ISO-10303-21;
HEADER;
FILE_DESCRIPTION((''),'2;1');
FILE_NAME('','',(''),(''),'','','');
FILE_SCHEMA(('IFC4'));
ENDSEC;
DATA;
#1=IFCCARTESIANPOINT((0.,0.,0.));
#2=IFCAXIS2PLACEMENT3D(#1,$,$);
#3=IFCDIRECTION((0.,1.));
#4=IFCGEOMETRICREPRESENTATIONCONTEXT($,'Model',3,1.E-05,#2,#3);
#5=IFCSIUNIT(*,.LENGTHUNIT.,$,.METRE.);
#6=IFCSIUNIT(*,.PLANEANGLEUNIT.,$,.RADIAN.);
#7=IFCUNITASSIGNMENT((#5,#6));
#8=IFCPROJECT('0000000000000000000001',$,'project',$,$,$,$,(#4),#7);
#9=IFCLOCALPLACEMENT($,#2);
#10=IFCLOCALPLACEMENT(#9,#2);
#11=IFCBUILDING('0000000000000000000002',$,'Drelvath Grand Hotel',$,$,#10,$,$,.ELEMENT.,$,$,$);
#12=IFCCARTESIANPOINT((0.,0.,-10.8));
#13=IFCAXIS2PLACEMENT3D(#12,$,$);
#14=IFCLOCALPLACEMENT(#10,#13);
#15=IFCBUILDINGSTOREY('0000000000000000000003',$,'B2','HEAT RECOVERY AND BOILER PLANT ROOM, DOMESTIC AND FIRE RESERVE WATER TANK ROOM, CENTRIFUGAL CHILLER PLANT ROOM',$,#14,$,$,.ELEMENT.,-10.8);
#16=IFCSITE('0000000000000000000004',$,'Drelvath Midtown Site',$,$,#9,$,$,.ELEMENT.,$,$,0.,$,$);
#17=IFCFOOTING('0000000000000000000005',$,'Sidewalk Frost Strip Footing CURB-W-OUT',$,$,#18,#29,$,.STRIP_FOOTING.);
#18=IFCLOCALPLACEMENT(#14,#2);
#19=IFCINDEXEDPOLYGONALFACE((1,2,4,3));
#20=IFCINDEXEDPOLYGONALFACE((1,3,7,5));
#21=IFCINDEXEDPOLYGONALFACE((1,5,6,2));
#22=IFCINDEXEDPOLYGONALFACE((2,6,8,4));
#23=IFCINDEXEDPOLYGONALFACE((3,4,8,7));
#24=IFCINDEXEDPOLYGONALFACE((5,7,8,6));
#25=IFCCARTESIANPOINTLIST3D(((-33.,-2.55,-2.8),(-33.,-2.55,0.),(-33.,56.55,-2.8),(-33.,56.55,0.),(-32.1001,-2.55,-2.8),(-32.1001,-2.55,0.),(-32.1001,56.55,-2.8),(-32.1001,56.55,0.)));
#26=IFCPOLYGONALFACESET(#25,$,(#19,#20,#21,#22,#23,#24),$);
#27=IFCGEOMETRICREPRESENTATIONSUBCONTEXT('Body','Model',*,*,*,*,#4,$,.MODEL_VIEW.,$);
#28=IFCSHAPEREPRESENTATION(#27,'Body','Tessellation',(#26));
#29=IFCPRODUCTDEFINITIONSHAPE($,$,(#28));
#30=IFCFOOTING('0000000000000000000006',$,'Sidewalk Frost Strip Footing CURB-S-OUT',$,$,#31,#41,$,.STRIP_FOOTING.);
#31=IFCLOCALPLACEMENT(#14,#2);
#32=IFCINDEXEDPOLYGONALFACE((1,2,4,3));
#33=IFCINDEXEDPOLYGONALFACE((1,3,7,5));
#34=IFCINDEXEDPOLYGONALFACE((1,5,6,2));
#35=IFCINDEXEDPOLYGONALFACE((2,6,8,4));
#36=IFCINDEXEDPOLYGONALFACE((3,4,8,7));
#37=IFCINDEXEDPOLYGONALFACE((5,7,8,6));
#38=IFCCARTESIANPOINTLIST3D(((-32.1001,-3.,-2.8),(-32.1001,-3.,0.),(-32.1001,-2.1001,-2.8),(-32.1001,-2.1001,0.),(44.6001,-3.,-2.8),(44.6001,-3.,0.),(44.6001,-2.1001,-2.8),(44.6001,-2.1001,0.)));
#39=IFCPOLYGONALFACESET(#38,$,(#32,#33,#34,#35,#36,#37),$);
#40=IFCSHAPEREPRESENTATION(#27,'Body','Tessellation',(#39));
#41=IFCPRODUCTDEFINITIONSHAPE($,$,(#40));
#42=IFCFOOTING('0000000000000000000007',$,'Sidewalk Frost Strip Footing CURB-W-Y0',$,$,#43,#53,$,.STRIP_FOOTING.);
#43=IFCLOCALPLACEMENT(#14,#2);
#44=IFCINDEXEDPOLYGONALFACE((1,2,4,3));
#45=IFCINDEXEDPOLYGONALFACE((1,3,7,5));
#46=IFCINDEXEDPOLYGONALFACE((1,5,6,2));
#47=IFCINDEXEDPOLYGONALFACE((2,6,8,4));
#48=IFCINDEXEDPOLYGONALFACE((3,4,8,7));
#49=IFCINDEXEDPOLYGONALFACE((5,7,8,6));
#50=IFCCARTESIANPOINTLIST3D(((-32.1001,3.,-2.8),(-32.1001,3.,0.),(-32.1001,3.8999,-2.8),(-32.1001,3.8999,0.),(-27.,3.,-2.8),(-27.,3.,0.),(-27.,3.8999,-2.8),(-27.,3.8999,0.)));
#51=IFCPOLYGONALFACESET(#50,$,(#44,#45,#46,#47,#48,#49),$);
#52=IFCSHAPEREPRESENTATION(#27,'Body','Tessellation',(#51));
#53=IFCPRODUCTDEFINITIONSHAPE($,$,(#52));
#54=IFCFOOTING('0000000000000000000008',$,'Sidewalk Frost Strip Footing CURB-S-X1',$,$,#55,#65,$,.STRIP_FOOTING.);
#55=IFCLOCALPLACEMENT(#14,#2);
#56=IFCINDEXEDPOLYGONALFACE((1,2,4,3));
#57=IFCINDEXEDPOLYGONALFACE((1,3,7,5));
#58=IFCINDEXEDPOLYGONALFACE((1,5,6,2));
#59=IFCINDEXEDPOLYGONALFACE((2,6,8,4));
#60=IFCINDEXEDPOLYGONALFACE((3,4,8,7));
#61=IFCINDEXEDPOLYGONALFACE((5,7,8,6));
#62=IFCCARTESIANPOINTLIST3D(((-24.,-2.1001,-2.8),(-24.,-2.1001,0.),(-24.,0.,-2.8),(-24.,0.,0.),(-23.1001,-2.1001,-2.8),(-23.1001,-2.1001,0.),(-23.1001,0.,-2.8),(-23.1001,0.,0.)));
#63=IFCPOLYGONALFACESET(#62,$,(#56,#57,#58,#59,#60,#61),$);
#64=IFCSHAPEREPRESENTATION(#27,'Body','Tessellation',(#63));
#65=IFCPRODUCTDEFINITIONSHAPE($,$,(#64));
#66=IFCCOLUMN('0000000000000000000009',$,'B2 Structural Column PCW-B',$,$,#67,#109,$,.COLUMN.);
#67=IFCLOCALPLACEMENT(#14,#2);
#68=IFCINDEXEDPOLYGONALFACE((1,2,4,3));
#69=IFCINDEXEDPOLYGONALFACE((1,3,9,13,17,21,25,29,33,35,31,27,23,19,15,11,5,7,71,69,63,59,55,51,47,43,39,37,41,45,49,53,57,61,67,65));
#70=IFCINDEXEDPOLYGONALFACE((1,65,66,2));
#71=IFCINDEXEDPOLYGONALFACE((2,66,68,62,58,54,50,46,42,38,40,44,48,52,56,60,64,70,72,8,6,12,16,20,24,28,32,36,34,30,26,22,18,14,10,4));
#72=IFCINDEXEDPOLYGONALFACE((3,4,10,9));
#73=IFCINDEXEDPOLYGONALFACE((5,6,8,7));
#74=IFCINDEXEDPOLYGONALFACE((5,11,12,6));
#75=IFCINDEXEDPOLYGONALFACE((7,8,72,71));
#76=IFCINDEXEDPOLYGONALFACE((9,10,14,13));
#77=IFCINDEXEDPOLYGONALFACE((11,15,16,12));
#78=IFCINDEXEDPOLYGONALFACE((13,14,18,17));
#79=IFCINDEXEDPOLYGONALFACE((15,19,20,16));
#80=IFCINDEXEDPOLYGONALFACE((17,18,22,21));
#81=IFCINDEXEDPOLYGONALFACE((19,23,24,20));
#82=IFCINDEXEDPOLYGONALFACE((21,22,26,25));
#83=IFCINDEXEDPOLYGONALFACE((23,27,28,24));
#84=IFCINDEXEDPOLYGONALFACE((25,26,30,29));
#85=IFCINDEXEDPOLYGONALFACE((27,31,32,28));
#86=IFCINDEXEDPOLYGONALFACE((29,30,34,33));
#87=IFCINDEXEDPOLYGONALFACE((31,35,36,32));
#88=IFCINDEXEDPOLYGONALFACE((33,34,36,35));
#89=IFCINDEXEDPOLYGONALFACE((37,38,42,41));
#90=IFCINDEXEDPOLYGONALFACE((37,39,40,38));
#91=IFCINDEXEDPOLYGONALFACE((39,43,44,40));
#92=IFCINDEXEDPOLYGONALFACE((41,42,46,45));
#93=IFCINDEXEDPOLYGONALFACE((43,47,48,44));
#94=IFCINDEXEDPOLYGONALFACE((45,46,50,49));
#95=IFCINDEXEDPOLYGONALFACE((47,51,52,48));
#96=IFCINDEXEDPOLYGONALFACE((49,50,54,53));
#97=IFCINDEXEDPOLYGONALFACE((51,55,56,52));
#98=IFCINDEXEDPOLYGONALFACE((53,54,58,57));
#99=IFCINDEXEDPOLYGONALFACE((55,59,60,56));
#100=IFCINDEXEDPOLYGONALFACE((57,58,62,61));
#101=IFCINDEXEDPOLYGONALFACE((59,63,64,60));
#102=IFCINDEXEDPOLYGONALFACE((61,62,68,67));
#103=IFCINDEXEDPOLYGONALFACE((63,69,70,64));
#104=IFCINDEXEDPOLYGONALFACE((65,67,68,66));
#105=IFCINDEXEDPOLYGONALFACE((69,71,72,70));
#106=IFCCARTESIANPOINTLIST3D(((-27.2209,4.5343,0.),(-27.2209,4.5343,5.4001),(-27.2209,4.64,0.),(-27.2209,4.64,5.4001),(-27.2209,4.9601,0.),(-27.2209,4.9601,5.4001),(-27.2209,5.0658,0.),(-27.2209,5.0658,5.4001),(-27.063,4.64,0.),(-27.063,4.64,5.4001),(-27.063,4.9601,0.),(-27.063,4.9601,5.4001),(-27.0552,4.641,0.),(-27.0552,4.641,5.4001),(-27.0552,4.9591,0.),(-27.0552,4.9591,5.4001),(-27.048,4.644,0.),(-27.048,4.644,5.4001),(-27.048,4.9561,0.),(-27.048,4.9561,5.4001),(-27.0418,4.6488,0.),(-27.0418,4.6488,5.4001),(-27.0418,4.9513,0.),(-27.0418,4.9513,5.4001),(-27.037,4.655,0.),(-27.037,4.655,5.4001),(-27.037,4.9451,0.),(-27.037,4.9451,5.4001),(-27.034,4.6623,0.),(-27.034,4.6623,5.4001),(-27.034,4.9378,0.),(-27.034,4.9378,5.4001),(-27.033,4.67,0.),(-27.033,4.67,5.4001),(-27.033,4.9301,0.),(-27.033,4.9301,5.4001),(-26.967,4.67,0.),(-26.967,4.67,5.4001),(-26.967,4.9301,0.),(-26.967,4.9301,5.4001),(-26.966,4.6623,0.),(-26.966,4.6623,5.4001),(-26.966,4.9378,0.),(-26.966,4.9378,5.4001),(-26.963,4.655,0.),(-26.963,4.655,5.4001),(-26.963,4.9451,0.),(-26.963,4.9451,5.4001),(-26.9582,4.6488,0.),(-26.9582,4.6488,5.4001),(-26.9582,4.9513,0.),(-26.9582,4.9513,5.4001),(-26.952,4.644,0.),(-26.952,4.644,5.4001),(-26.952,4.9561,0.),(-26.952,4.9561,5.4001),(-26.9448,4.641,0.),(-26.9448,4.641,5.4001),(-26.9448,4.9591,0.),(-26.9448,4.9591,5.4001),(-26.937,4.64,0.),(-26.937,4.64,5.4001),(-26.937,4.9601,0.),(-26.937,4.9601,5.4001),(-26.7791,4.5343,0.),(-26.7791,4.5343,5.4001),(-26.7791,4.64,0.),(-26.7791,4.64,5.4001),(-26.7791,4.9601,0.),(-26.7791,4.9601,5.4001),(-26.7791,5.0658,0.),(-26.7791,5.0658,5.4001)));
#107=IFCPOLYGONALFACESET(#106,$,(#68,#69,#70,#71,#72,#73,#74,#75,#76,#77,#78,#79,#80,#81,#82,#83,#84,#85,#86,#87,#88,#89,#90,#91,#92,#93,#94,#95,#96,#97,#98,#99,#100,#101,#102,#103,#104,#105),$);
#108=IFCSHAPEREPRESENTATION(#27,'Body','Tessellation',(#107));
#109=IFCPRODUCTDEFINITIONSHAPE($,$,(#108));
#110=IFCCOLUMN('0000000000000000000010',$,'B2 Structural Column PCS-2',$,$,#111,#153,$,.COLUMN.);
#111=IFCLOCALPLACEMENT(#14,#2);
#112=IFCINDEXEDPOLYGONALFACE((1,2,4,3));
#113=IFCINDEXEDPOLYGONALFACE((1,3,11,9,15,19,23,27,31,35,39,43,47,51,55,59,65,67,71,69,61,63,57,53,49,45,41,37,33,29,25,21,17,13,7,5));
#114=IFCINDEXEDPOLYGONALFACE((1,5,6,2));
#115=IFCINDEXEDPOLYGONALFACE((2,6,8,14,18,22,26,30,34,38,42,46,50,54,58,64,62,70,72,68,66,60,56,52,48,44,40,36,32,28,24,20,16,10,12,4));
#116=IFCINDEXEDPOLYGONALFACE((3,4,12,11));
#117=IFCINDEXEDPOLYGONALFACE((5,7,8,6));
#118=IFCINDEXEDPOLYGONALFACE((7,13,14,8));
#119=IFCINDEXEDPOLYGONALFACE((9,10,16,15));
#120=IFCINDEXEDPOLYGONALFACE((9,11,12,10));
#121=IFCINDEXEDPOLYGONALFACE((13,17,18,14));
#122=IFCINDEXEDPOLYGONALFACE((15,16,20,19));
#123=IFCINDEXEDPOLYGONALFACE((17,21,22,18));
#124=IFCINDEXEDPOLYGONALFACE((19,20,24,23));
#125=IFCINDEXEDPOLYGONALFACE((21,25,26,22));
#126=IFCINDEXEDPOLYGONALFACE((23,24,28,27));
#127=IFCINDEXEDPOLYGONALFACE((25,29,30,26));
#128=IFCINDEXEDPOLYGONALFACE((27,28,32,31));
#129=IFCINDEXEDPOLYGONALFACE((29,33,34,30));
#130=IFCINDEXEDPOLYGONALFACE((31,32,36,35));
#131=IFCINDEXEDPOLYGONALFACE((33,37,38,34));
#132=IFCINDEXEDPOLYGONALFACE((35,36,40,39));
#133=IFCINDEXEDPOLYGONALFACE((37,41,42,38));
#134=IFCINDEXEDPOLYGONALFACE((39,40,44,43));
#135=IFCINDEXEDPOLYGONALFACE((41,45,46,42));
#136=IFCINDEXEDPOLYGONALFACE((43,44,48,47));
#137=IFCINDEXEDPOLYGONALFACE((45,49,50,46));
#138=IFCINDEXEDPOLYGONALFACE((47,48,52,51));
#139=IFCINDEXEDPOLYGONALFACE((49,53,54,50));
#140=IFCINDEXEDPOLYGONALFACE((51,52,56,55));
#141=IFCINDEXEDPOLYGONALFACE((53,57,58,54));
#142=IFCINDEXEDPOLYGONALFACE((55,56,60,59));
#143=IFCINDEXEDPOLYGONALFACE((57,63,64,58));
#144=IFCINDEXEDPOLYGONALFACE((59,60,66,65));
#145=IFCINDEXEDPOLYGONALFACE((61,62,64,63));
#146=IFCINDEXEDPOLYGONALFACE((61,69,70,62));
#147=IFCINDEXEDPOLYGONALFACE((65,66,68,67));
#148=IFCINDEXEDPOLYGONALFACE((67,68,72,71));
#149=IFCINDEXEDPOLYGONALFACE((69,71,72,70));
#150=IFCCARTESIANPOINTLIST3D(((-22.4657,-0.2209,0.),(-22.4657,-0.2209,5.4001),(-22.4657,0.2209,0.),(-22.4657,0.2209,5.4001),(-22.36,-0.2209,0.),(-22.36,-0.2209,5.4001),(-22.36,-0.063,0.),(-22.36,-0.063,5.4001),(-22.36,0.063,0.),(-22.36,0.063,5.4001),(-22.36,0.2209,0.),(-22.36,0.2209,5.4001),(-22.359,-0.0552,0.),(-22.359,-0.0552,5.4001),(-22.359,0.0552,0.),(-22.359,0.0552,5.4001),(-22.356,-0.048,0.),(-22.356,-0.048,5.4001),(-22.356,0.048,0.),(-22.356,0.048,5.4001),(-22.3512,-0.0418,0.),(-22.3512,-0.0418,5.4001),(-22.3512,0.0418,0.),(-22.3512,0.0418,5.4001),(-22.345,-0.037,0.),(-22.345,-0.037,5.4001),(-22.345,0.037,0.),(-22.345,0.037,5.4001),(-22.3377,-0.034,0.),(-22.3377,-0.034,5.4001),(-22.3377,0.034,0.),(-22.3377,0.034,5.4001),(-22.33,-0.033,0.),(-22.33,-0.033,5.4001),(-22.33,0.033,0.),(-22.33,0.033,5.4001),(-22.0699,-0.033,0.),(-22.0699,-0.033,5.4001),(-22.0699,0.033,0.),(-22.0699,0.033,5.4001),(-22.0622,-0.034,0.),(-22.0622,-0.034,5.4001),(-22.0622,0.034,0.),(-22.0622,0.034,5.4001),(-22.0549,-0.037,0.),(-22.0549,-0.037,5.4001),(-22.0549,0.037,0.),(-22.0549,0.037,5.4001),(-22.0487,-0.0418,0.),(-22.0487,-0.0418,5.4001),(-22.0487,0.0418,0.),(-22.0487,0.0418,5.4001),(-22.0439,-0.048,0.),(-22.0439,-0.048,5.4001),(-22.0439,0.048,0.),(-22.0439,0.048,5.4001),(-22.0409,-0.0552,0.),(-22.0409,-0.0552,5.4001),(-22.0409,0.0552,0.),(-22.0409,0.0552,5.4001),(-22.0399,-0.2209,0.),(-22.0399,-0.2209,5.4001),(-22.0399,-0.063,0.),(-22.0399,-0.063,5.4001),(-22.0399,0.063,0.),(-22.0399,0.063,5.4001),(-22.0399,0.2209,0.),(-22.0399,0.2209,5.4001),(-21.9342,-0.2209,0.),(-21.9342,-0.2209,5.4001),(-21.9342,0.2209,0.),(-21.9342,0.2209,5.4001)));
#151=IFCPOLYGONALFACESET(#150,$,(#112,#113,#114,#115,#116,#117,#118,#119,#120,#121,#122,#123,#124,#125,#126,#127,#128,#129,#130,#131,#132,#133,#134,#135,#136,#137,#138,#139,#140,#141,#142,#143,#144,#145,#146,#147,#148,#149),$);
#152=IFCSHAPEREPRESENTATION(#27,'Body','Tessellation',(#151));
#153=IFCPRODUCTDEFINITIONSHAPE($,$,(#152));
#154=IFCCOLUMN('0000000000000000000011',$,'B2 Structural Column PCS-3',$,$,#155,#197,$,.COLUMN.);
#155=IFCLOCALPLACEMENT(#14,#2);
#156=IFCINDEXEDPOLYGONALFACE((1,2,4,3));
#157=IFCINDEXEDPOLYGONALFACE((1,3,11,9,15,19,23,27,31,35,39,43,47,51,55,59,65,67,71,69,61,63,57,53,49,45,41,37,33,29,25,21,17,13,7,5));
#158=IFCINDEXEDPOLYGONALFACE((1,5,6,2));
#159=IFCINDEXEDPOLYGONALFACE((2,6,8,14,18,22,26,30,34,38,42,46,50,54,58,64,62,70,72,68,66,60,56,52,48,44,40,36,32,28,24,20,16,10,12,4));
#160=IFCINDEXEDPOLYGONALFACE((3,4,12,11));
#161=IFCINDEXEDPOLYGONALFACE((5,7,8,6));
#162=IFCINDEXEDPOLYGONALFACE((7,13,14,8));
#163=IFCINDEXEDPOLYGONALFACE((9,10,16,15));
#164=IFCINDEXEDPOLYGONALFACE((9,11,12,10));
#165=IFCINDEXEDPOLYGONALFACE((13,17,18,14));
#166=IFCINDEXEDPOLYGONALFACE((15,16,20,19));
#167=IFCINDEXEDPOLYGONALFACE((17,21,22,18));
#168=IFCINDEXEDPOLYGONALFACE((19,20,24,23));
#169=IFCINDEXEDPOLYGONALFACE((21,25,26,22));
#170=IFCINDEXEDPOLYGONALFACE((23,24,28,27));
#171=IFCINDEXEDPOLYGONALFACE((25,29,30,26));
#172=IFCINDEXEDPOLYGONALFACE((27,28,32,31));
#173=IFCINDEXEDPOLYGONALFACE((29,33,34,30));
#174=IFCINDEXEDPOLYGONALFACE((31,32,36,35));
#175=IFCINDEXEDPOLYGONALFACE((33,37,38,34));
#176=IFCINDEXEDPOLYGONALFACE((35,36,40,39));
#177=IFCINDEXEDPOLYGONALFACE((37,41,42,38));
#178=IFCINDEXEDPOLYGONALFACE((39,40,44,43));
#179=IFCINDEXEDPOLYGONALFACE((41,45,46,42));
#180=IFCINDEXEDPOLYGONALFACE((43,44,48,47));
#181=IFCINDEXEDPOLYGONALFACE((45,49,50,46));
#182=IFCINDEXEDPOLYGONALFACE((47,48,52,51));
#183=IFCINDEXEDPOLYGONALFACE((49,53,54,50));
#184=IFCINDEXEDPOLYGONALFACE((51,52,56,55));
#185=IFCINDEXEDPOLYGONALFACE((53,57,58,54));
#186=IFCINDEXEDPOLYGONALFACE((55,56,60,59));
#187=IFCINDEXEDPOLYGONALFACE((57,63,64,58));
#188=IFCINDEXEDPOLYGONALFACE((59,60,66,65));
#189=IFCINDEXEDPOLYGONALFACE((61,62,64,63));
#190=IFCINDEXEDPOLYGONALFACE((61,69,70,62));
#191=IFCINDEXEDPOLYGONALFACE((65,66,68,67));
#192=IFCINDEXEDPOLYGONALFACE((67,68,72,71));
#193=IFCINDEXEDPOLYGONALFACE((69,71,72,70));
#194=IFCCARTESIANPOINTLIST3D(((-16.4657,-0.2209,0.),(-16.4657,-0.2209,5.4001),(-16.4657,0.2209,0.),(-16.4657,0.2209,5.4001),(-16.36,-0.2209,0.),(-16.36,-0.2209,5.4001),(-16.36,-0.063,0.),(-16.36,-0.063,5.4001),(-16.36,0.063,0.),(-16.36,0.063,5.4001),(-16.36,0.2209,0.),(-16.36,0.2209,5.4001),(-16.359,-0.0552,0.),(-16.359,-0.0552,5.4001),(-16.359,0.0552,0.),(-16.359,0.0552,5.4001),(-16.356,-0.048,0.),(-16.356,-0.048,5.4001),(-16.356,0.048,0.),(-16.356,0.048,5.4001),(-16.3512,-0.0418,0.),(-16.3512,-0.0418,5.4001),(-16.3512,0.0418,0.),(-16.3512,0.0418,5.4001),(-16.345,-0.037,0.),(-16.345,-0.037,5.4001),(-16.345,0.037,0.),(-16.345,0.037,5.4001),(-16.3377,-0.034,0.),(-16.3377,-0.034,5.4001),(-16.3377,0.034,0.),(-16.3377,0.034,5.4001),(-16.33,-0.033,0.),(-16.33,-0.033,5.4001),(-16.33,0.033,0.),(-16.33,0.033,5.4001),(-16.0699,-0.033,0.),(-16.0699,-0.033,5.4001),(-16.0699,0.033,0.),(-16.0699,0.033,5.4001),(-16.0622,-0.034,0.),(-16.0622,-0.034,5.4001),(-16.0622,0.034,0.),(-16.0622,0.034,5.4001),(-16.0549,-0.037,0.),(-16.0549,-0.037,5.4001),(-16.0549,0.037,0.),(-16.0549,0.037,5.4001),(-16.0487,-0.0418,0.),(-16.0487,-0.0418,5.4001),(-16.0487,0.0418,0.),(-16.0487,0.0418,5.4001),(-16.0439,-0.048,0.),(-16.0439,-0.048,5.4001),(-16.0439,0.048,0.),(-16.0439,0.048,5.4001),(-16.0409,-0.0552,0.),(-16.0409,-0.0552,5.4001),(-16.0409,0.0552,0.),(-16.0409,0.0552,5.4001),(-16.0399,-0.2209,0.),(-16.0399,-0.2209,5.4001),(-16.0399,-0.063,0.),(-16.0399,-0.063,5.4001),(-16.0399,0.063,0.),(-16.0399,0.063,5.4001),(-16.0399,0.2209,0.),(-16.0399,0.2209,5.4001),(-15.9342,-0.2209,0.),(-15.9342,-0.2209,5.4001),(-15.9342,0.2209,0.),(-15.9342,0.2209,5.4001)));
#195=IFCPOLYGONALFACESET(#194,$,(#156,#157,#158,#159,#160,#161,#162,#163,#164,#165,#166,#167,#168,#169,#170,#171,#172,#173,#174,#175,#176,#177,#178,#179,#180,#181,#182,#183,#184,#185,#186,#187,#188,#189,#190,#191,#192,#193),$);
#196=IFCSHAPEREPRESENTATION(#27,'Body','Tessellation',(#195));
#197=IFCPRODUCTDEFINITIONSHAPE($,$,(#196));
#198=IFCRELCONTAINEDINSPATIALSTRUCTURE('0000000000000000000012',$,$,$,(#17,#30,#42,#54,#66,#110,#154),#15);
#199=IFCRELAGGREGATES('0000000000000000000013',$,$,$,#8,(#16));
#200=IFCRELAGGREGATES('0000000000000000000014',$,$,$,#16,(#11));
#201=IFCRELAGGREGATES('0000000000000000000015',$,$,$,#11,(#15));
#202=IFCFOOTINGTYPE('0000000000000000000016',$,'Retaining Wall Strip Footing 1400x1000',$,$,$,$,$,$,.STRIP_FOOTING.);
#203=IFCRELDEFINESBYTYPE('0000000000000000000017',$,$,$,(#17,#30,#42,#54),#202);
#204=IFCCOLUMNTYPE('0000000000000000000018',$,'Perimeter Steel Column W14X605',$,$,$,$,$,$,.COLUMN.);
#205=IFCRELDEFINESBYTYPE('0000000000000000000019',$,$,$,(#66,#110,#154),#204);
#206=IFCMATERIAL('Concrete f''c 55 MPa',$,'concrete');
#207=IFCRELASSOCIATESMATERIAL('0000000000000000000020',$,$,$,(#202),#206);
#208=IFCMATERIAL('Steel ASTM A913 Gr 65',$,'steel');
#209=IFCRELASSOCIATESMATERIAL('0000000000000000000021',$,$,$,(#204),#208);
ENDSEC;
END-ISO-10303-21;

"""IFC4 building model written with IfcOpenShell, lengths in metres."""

from ifc_helpers import new_model, si_unit, direction, frame, frame_2d, origin, origin_2d, place, context, subcontext, project, spatial, rectangle, i_section, extrude, material, material_profile, profile_set, type_object, element, save


model = new_model("IFC4")

# Units and contexts
model_context = context("Model", 3, precision=1e-05, world=origin(), true_north=direction((0.0, 1.0)))
body_context = subcontext(model_context, "Body", "Model", "MODEL_VIEW")
ifc_project = project(units=[si_unit("LENGTHUNIT", "METRE"), si_unit("PLANEANGLEUNIT", "RADIAN")], contexts=[model_context])

# Site, building, storey
site_placement = place(None, origin())
site = spatial("IfcSite", under=ifc_project, at=site_placement, Name="Drelvath Midtown Site", CompositionType="ELEMENT", RefElevation=0.0)
building_placement = place(site_placement, origin())
building = spatial("IfcBuilding", under=site, at=building_placement, Name="Drelvath Grand Hotel", CompositionType="ELEMENT")
storey_placement = place(building_placement, frame((0.0, 0.0, -10.8)))
storey = spatial("IfcBuildingStorey", under=building, at=storey_placement, Name="B2", Description="HEAT RECOVERY AND BOILER PLANT ROOM, DOMESTIC AND FIRE RESERVE WATER TANK ROOM, CENTRIFUGAL CHILLER PLANT ROOM", CompositionType="ELEMENT", Elevation=-10.8)

# Footings
ifc_material_1 = material(Name="Concrete f'c 55 MPa", Category="concrete")
footing_type = type_object("IfcFootingType", Name="Retaining Wall Strip Footing 1400x1000", PredefinedType="STRIP_FOOTING", material=ifc_material_1)
footing_1_placement = place(storey_placement, frame((-32.55, -2.55, -2.8), z_axis=(0.0, 0.0, 1.0), x_axis=(0.0, 1.0, 0.0)))
element("IfcFooting", 1, at=footing_1_placement, inside=storey, type_object=footing_type, Name="Sidewalk Frost Strip Footing CURB-W-OUT", PredefinedType="STRIP_FOOTING", context=body_context, shape_type="SweptSolid", body=[
    extrude(rectangle(XDim=59.1001, YDim=0.8999, at=frame_2d((29.55, 0.0))), origin(), (0.0, 0.0, 1.0), 2.8),
])
footing_2_placement = place(storey_placement, frame((-32.1001, -2.55, -2.8), z_axis=(0.0, 0.0, 1.0), x_axis=(1.0, 0.0, 0.0)))
element("IfcFooting", 2, at=footing_2_placement, inside=storey, type_object=footing_type, Name="Sidewalk Frost Strip Footing CURB-S-OUT", PredefinedType="STRIP_FOOTING", context=body_context, shape_type="SweptSolid", body=[
    extrude(rectangle(XDim=76.7002, YDim=0.8999, at=frame_2d((38.3501, 0.0))), origin(), (0.0, 0.0, 1.0), 2.8),
])
footing_3_placement = place(storey_placement, frame((-32.1001, 3.45, -2.8), z_axis=(0.0, 0.0, 1.0), x_axis=(1.0, 0.0, 0.0)))
element("IfcFooting", 3, at=footing_3_placement, inside=storey, type_object=footing_type, Name="Sidewalk Frost Strip Footing CURB-W-Y0", PredefinedType="STRIP_FOOTING", context=body_context, shape_type="SweptSolid", body=[
    extrude(rectangle(XDim=5.1001, YDim=0.8999, at=frame_2d((2.55, 0.0))), origin(), (0.0, 0.0, 1.0), 2.8),
])
footing_4_placement = place(storey_placement, frame((-23.55, -2.1001, -2.8), z_axis=(0.0, 0.0, 1.0), x_axis=(0.0, 1.0, 0.0)))
element("IfcFooting", 4, at=footing_4_placement, inside=storey, type_object=footing_type, Name="Sidewalk Frost Strip Footing CURB-S-X1", PredefinedType="STRIP_FOOTING", context=body_context, shape_type="SweptSolid", body=[
    extrude(rectangle(XDim=2.1001, YDim=0.8999, at=frame_2d((1.05, 0.0))), origin(), (0.0, 0.0, 1.0), 2.8),
])

# Columns
ifc_material_2 = material(Name="Steel ASTM A913 Gr 65", Category="steel")
ifc_material_profile_1 = material_profile(ifc_material_2, i_section(OverallWidth=0.4419, OverallDepth=0.5315, WebThickness=0.0659, FlangeThickness=0.1057, FilletRadius=0.03, at=origin_2d()), Name="W14X605")
ifc_profile_set_1 = profile_set([ifc_material_profile_1], Name="Steel ASTM A913 Gr 65")
column_type = type_object("IfcColumnType", Name="Perimeter Steel Column W14X605", PredefinedType="COLUMN", material=ifc_profile_set_1)
for number, where, z_axis, x_axis, name in (
    (5, (-27.0, 4.8, 0.0), (0.0, 0.0, 1.0), (1.0, 0.0, 0.0), "B2 Structural Column PCW-B"),
    (6, (-22.2, 0.0, 0.0), (0.0, 0.0, 1.0), (0.0, 1.0, 0.0), "B2 Structural Column PCS-2"),
    (7, (-16.2, 0.0, 0.0), (0.0, 0.0, 1.0), (0.0, 1.0, 0.0), "B2 Structural Column PCS-3"),
):
    element("IfcColumn", number, at=place(storey_placement, frame(where, z_axis=z_axis, x_axis=x_axis)), inside=storey, type_object=column_type, Name=name, PredefinedType="COLUMN", context=body_context, shape_type="SweptSolid", body=[
        extrude(i_section(OverallWidth=0.4419, OverallDepth=0.5315, WebThickness=0.0659, FlangeThickness=0.1057, FilletRadius=0.03, at=origin_2d()), origin(), (0.0, 0.0, 1.0), 5.4001),
    ])

save(model, "model.ifc")
